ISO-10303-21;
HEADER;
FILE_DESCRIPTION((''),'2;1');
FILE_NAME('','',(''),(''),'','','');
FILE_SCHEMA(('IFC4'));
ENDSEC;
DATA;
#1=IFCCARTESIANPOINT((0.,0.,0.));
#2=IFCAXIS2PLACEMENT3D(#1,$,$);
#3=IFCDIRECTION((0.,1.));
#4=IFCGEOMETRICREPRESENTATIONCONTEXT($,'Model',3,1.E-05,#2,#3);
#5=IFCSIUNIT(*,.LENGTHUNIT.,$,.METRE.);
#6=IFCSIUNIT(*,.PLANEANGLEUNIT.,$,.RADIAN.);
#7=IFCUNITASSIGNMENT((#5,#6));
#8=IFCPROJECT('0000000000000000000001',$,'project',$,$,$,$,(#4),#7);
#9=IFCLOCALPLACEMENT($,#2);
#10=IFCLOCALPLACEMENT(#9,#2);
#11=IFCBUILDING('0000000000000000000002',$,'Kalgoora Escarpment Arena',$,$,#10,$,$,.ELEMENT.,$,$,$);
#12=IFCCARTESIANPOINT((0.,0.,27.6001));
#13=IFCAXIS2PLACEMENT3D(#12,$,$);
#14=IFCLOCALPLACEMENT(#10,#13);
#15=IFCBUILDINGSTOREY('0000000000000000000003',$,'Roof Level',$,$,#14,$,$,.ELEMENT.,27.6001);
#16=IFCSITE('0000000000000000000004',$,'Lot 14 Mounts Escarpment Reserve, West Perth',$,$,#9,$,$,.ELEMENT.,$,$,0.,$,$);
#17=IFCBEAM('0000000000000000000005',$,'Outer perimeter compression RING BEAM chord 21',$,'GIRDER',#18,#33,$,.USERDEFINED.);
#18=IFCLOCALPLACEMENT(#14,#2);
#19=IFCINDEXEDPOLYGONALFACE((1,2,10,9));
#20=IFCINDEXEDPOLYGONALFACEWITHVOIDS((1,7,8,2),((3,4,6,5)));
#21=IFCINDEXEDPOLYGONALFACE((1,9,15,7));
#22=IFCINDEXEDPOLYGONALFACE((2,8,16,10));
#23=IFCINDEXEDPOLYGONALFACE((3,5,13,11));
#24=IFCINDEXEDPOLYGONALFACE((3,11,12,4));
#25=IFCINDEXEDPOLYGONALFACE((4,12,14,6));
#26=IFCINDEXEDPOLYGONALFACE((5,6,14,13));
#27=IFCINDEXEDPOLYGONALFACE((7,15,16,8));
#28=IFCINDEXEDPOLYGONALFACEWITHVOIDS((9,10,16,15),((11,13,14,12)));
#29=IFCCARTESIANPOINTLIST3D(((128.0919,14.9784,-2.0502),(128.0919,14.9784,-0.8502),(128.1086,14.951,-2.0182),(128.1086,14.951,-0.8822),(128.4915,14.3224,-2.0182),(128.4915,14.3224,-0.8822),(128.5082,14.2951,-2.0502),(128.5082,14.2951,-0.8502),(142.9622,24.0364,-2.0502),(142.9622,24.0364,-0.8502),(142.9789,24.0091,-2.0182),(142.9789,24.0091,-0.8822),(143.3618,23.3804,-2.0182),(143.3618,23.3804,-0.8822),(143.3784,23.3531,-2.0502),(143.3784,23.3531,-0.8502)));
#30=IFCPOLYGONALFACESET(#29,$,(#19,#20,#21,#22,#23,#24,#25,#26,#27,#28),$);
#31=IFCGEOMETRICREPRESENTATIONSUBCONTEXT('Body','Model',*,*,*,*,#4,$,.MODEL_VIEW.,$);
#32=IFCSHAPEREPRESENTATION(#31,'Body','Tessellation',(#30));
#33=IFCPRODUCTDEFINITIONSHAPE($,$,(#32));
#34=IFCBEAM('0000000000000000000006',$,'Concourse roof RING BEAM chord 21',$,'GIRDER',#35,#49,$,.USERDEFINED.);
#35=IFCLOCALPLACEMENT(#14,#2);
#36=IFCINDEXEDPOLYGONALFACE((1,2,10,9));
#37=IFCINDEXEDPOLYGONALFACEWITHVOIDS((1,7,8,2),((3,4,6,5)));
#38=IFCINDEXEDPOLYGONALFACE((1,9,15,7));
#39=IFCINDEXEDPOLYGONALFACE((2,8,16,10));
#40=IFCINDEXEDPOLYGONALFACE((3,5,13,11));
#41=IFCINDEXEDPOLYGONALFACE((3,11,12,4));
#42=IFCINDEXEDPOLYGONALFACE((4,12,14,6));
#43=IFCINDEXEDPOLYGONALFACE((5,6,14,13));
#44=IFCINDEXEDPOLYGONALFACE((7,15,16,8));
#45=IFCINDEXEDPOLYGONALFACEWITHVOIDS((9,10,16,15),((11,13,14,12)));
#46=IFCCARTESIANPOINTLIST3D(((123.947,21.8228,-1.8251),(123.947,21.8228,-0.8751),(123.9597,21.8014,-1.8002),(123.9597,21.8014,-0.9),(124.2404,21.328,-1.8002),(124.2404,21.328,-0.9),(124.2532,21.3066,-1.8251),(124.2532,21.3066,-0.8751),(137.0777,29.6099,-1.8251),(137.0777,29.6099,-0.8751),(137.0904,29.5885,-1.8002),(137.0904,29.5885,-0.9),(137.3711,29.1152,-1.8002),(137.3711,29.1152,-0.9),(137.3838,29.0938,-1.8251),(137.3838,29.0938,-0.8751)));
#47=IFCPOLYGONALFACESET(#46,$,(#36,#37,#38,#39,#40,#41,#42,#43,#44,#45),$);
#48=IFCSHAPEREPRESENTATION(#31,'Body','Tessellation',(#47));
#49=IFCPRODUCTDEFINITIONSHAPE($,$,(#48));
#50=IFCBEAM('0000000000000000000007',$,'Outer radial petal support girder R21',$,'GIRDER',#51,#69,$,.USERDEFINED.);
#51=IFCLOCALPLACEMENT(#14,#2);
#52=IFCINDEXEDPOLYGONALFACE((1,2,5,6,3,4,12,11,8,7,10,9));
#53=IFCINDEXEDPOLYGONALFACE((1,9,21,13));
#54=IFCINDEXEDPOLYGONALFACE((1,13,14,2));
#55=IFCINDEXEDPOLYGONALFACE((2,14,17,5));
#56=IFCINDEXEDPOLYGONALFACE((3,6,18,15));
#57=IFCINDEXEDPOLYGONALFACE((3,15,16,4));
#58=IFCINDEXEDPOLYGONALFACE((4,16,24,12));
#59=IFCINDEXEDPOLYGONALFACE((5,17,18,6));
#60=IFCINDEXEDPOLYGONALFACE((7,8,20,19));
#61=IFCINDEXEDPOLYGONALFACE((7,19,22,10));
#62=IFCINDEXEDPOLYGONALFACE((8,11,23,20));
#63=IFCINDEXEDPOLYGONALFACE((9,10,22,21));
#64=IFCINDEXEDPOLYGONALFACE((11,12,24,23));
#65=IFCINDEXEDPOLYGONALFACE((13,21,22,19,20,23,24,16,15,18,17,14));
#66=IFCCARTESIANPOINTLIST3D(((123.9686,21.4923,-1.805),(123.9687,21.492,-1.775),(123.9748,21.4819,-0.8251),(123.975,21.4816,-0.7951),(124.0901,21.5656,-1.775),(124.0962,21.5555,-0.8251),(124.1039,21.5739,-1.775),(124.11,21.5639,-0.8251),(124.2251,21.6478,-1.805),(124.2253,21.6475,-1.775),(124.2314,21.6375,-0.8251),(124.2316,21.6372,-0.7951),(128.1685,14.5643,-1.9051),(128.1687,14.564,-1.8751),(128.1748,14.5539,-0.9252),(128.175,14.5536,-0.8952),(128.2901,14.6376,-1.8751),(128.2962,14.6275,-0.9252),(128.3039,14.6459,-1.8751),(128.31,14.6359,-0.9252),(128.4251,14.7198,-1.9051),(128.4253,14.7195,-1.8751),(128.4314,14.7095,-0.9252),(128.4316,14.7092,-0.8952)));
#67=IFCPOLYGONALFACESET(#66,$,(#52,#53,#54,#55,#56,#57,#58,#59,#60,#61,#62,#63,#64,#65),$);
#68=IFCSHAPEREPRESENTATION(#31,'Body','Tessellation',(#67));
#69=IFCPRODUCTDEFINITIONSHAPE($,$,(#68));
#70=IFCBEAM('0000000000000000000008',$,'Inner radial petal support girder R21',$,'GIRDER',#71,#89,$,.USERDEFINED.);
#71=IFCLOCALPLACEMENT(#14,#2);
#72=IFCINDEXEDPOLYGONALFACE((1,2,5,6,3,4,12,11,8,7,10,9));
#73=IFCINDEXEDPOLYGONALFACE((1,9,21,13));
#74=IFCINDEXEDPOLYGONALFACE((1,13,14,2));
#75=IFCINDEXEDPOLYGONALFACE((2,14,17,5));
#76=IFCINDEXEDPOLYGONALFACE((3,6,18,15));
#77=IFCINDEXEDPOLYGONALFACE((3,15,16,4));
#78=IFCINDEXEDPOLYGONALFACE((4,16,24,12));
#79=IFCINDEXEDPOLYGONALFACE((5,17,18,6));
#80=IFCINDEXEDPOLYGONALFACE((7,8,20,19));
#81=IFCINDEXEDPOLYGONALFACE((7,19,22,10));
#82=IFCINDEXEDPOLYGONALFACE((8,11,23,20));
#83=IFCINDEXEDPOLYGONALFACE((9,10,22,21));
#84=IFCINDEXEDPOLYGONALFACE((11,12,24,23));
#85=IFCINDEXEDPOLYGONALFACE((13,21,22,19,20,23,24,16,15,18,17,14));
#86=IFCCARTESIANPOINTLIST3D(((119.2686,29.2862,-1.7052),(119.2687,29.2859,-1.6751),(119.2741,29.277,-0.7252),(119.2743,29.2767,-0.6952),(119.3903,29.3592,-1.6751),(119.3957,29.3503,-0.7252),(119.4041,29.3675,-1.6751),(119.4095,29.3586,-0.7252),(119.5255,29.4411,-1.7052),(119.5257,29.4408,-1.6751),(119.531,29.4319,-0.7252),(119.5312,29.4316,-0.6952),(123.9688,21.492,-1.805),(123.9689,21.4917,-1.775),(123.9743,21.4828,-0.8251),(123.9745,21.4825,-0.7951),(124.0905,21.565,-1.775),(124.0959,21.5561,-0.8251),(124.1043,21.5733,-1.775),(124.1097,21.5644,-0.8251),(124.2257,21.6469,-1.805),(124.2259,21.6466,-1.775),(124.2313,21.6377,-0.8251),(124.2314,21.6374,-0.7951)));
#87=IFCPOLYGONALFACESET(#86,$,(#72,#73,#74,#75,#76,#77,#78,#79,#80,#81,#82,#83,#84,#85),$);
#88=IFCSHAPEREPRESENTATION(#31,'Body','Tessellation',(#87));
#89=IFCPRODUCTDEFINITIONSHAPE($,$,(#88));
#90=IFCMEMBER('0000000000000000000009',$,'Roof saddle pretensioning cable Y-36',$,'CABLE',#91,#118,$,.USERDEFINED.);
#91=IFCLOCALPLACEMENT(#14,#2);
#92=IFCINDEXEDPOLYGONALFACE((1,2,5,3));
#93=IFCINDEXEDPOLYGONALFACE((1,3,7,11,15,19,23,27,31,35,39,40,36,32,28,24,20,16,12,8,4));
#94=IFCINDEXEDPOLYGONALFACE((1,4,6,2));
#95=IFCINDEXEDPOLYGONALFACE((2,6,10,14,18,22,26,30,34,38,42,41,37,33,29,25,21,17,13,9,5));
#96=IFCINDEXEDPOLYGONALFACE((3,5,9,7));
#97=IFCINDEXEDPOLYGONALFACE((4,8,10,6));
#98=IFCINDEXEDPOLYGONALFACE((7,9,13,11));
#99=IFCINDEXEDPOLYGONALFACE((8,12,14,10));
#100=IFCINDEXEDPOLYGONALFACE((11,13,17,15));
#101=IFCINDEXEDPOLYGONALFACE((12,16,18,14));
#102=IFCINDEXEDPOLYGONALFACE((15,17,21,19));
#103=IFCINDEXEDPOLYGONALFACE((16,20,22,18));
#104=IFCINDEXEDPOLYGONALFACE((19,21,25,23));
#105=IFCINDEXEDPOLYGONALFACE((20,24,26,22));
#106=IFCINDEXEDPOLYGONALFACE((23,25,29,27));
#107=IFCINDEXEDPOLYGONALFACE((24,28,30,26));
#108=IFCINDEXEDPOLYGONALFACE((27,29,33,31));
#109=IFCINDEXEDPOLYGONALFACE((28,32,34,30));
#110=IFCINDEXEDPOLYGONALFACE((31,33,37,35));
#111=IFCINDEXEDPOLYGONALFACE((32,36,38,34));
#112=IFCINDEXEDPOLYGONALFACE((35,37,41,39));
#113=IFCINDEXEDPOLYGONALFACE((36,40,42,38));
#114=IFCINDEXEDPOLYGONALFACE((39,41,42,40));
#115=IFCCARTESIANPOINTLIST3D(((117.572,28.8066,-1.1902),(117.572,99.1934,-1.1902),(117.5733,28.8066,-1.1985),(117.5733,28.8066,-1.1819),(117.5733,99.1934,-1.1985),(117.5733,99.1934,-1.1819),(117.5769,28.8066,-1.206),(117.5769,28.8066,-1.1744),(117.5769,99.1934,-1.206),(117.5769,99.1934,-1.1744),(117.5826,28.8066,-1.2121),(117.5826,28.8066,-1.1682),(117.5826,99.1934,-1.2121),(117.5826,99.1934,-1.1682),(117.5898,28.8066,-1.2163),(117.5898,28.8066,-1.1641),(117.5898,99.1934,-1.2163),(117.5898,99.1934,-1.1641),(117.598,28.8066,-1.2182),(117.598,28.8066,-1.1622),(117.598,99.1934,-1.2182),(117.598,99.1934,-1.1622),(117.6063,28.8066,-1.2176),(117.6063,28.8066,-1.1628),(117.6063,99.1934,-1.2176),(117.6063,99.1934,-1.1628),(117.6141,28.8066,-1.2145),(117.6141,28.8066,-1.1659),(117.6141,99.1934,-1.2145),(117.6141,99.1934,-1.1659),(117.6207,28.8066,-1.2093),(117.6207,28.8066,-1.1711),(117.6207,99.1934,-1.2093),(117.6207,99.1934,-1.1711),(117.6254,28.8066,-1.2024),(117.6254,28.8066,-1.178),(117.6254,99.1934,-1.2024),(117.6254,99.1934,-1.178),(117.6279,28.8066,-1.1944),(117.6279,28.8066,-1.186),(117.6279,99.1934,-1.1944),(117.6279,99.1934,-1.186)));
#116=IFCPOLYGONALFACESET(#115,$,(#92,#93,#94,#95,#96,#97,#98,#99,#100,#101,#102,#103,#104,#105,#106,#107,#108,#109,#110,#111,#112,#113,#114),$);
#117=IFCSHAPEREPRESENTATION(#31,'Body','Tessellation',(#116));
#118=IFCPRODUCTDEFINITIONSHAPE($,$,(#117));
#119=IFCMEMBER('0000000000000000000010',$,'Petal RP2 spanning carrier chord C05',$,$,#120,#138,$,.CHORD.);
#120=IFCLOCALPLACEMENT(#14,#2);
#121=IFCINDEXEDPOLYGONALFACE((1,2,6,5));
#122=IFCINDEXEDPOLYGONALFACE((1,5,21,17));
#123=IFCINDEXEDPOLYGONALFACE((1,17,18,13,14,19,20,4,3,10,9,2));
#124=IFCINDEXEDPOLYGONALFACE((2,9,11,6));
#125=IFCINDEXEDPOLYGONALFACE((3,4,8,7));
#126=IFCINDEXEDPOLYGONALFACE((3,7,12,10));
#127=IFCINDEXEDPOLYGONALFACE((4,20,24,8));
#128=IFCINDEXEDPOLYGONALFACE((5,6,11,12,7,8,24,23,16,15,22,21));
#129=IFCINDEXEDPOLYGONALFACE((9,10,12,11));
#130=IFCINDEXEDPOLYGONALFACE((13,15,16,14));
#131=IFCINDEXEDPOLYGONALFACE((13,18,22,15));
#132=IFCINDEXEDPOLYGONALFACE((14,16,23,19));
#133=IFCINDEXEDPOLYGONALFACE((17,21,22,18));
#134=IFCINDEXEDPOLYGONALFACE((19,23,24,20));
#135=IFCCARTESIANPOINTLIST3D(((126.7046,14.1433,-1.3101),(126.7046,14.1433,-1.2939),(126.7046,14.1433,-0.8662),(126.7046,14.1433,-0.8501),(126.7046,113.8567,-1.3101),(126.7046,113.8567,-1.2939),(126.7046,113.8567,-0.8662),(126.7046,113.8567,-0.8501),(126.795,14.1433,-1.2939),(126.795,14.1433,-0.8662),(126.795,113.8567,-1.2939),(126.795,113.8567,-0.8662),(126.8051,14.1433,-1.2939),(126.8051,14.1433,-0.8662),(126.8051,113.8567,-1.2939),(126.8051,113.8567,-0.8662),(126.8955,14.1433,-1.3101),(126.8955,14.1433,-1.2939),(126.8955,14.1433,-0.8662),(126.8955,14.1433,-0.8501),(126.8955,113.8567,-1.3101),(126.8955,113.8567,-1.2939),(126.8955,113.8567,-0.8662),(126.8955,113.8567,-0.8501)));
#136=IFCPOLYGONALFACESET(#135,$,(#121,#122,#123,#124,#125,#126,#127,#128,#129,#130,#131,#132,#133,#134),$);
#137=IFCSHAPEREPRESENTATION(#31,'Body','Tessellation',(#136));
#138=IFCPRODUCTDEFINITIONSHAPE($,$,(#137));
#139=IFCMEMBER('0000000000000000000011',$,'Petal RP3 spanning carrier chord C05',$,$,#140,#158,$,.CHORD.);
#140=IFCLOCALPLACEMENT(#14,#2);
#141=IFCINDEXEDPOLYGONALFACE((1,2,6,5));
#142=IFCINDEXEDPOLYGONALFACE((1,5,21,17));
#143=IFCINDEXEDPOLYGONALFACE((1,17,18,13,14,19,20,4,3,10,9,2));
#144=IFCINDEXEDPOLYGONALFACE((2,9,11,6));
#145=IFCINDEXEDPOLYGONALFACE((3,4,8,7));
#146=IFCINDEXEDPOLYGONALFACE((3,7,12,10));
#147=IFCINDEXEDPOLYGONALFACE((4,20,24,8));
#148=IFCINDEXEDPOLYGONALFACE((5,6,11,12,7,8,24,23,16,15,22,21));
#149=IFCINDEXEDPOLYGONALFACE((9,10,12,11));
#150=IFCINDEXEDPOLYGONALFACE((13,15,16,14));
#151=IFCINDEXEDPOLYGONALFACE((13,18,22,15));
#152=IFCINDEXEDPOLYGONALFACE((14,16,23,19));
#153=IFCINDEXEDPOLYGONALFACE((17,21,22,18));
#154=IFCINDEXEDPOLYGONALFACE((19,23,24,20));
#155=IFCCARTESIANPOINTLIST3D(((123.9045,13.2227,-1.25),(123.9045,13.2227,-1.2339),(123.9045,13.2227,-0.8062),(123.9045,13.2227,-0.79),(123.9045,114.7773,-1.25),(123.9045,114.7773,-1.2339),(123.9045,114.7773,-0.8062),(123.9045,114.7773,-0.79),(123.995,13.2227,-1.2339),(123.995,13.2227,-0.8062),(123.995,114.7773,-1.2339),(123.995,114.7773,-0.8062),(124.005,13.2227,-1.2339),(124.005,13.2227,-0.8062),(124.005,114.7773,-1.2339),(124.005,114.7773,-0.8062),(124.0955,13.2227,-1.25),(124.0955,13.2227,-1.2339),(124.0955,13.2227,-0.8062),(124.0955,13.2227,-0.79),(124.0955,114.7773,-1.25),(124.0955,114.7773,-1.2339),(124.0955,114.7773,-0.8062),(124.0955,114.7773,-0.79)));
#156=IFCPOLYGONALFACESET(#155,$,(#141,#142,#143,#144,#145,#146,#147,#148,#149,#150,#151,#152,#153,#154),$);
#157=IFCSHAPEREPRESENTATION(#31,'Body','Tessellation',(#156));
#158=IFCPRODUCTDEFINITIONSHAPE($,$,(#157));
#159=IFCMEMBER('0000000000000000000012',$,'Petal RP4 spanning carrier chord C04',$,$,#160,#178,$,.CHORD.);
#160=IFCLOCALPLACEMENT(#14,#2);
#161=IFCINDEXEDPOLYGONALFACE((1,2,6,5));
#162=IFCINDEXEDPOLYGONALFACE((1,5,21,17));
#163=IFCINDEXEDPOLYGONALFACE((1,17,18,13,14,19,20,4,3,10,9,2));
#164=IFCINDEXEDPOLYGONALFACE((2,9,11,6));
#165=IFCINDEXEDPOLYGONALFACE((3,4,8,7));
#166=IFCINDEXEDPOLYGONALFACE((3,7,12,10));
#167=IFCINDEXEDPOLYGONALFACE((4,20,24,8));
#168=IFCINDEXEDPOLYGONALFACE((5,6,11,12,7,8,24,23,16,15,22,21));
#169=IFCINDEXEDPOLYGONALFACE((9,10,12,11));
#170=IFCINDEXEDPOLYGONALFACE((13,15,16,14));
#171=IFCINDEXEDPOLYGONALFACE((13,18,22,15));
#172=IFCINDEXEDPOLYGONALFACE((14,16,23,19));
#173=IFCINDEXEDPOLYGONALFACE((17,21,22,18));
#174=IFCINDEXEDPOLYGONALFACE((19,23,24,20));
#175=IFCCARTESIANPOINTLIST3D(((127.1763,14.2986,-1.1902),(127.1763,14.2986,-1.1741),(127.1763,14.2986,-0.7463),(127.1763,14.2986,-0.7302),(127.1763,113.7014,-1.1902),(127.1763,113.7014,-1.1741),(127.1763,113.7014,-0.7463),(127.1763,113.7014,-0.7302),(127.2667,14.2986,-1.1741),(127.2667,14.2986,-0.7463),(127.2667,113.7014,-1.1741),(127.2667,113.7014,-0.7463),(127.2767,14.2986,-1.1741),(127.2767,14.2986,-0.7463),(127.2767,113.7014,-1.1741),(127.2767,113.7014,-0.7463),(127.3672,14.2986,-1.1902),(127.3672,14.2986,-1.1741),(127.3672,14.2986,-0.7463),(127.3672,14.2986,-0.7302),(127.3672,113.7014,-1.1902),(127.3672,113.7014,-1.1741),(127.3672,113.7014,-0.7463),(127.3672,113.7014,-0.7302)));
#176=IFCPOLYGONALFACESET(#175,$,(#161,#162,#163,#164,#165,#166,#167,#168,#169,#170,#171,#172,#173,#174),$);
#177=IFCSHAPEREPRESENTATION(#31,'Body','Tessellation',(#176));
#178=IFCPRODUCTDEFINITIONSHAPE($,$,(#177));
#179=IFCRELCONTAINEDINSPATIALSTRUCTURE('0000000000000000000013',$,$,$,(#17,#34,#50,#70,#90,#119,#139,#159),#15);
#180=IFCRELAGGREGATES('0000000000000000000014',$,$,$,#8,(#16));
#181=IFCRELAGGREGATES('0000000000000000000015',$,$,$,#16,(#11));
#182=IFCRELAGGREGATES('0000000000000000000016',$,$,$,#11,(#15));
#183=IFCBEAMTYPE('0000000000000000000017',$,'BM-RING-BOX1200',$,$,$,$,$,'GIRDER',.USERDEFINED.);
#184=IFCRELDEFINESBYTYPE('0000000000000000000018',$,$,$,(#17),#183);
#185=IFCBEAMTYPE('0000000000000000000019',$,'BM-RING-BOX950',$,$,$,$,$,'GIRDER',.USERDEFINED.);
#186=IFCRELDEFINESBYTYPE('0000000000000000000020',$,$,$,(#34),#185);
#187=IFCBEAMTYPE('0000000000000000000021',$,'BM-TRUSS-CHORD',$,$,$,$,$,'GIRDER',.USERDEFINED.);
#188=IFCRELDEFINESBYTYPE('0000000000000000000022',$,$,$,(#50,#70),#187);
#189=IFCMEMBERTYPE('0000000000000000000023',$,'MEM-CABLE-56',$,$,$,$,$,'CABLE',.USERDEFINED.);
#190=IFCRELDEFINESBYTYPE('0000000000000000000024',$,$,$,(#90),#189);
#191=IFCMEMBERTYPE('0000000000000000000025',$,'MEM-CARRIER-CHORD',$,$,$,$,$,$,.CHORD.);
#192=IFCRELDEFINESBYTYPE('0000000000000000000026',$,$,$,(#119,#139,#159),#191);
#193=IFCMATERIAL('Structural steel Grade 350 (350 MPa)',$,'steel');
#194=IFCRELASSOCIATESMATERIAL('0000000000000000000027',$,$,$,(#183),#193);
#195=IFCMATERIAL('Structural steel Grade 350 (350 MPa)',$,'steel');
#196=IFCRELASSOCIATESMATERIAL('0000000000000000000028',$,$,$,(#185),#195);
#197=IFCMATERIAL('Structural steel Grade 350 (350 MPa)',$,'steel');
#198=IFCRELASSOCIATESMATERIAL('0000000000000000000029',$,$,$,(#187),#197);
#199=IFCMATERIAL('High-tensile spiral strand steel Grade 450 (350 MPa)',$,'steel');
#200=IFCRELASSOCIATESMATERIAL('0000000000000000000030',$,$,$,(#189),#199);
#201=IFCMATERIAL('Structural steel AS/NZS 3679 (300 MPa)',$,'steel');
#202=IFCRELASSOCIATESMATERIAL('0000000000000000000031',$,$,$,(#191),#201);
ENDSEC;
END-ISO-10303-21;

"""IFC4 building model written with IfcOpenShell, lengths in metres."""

from ifc_helpers import new_model, si_unit, direction, frame, origin, origin_2d, place, context, subcontext, project, spatial, hollow_rectangle, circle, i_section, extrude, material, material_profile, profile_set, type_object, element, save


model = new_model("IFC4")

# Units and contexts
model_context = context("Model", 3, precision=1e-05, world=origin(), true_north=direction((0.0, 1.0)))
body_context = subcontext(model_context, "Body", "Model", "MODEL_VIEW")
ifc_project = project(units=[si_unit("LENGTHUNIT", "METRE"), si_unit("PLANEANGLEUNIT", "RADIAN")], contexts=[model_context])

# Site, building, storey
site_placement = place(None, origin())
site = spatial("IfcSite", under=ifc_project, at=site_placement, Name="Lot 14 Mounts Escarpment Reserve, West Perth", CompositionType="ELEMENT", RefElevation=0.0)
building_placement = place(site_placement, origin())
building = spatial("IfcBuilding", under=site, at=building_placement, Name="Kalgoora Escarpment Arena", CompositionType="ELEMENT")
storey_placement = place(building_placement, frame((0.0, 0.0, 27.6001)))
storey = spatial("IfcBuildingStorey", under=building, at=storey_placement, Name="Roof Level", CompositionType="ELEMENT", Elevation=27.6001)

# Beams
ifc_material_1 = material(Name="Structural steel Grade 350 (350 MPa)", Category="steel")
ifc_material_profile_1 = material_profile(ifc_material_1, hollow_rectangle(XDim=0.8, YDim=1.2, WallThickness=0.032, at=origin_2d()))
ifc_profile_set_1 = profile_set([ifc_material_profile_1], Name="Structural steel Grade 350 (350 MPa)")
beam_type_1 = type_object("IfcBeamType", Name="BM-RING-BOX1200", ElementType="GIRDER", PredefinedType="USERDEFINED", material=ifc_profile_set_1)
beam_1_placement = place(storey_placement, frame((128.3, 14.6367, -1.4502), z_axis=(0.854031, 0.520223, 0.0), x_axis=(-0.520223, 0.854031, 0.0)))
element("IfcBeam", 1, at=beam_1_placement, inside=storey, type_object=beam_type_1, Name="Outer perimeter compression RING BEAM chord 21", ObjectType="GIRDER", PredefinedType="USERDEFINED", context=body_context, shape_type="SweptSolid", body=[
    extrude(hollow_rectangle(XDim=0.8, YDim=1.2, WallThickness=0.032, at=origin_2d()), origin(), (0.0, 0.0, 1.0), 17.4119),
])
ifc_material_2 = material(Name="Structural steel Grade 350 (350 MPa)", Category="steel")
ifc_material_profile_2 = material_profile(ifc_material_2, hollow_rectangle(XDim=0.6001, YDim=0.95, WallThickness=0.0249, at=origin_2d()))
ifc_profile_set_2 = profile_set([ifc_material_profile_2], Name="Structural steel Grade 350 (350 MPa)")
beam_type_2 = type_object("IfcBeamType", Name="BM-RING-BOX950", ElementType="GIRDER", PredefinedType="USERDEFINED", material=ifc_profile_set_2)
beam_2_placement = place(storey_placement, frame((124.1001, 21.5647, -1.3501), z_axis=(0.860119, 0.510093, 0.0), x_axis=(-0.510093, 0.860119, 0.0)))
element("IfcBeam", 2, at=beam_2_placement, inside=storey, type_object=beam_type_2, Name="Concourse roof RING BEAM chord 21", ObjectType="GIRDER", PredefinedType="USERDEFINED", context=body_context, shape_type="SweptSolid", body=[
    extrude(hollow_rectangle(XDim=0.6001, YDim=0.95, WallThickness=0.0249, at=origin_2d()), origin(), (0.0, 0.0, 1.0), 15.2661),
])
ifc_material_3 = material(Name="Structural steel Grade 350 (350 MPa)", Category="steel")
ifc_material_profile_3 = material_profile(ifc_material_3, i_section(OverallWidth=0.3, OverallDepth=1.01, WebThickness=0.0161, FlangeThickness=0.03, at=origin_2d()))
ifc_profile_set_3 = profile_set([ifc_material_profile_3], Name="Structural steel Grade 350 (350 MPa)")
beam_type_3 = type_object("IfcBeamType", Name="BM-TRUSS-CHORD", ElementType="GIRDER", PredefinedType="USERDEFINED", material=ifc_profile_set_3)
beam_3_placement = place(storey_placement, frame((128.3, 14.6367, -1.4001), z_axis=(-0.518368, 0.855068, 0.012354), x_axis=(-0.855133, -0.518408, 0.0)))
element("IfcBeam", 3, at=beam_3_placement, inside=storey, type_object=beam_type_3, Name="Outer radial petal support girder R21", ObjectType="GIRDER", PredefinedType="USERDEFINED", context=body_context, shape_type="SweptSolid", body=[
    extrude(i_section(OverallWidth=0.3, OverallDepth=1.01, WebThickness=0.0161, FlangeThickness=0.03, at=origin_2d()), origin(), (0.0, 0.0, 1.0), 8.1023),
])
beam_4_placement = place(storey_placement, frame((124.1001, 21.5647, -1.3), z_axis=(-0.516377, 0.856291, 0.01097), x_axis=(-0.856343, -0.516408, 0.0)))
element("IfcBeam", 4, at=beam_4_placement, inside=storey, type_object=beam_type_3, Name="Inner radial petal support girder R21", ObjectType="GIRDER", PredefinedType="USERDEFINED", context=body_context, shape_type="SweptSolid", body=[
    extrude(i_section(OverallWidth=0.3, OverallDepth=1.01, WebThickness=0.0161, FlangeThickness=0.03, at=origin_2d()), origin(), (0.0, 0.0, 1.0), 9.1023),
])

# Members
ifc_material_4 = material(Name="High-tensile spiral strand steel Grade 450 (350 MPa)", Category="steel")
ifc_material_profile_4 = material_profile(ifc_material_4, circle(Radius=0.0281, at=origin_2d()))
ifc_profile_set_4 = profile_set([ifc_material_profile_4], Name="High-tensile spiral strand steel Grade 450 (350 MPa)")
member_type_1 = type_object("IfcMemberType", Name="MEM-CABLE-56", ElementType="CABLE", PredefinedType="USERDEFINED", material=ifc_profile_set_4)
member_1_placement = place(storey_placement, frame((117.6001, 28.8066, -1.1902), z_axis=(0.0, 1.0, 0.0), x_axis=(-1.0, 0.0, 0.0)))
element("IfcMember", 5, at=member_1_placement, inside=storey, type_object=member_type_1, Name="Roof saddle pretensioning cable Y-36", ObjectType="CABLE", PredefinedType="USERDEFINED", context=body_context, shape_type="SweptSolid", body=[
    extrude(circle(Radius=0.0281, at=origin_2d()), origin(), (0.0, 0.0, 1.0), 70.3867),
])
ifc_material_5 = material(Name="Structural steel AS/NZS 3679 (300 MPa)", Category="steel")
ifc_material_profile_5 = material_profile(ifc_material_5, i_section(OverallWidth=0.1909, OverallDepth=0.46, WebThickness=0.01, FlangeThickness=0.0161, at=origin_2d()))
ifc_profile_set_5 = profile_set([ifc_material_profile_5], Name="Structural steel AS/NZS 3679 (300 MPa)")
member_type_2 = type_object("IfcMemberType", Name="MEM-CARRIER-CHORD", PredefinedType="CHORD", material=ifc_profile_set_5)
member_2_placement = place(storey_placement, frame((126.8, 14.1433, -1.0801), z_axis=(0.0, 1.0, 0.0), x_axis=(-1.0, 0.0, 0.0)))
element("IfcMember", 6, at=member_2_placement, inside=storey, type_object=member_type_2, Name="Petal RP2 spanning carrier chord C05", PredefinedType="CHORD", context=body_context, shape_type="SweptSolid", body=[
    extrude(i_section(OverallWidth=0.1909, OverallDepth=0.46, WebThickness=0.01, FlangeThickness=0.0161, at=origin_2d()), origin(), (0.0, 0.0, 1.0), 99.7134),
])
member_3_placement = place(storey_placement, frame((124.0, 13.2227, -1.02), z_axis=(0.0, 1.0, 0.0), x_axis=(-1.0, 0.0, 0.0)))
element("IfcMember", 7, at=member_3_placement, inside=storey, type_object=member_type_2, Name="Petal RP3 spanning carrier chord C05", PredefinedType="CHORD", context=body_context, shape_type="SweptSolid", body=[
    extrude(i_section(OverallWidth=0.1909, OverallDepth=0.46, WebThickness=0.01, FlangeThickness=0.0161, at=origin_2d()), origin(), (0.0, 0.0, 1.0), 101.5547),
])
member_4_placement = place(storey_placement, frame((127.2717, 14.2986, -0.9602), z_axis=(0.0, 1.0, 0.0), x_axis=(-1.0, 0.0, 0.0)))
element("IfcMember", 8, at=member_4_placement, inside=storey, type_object=member_type_2, Name="Petal RP4 spanning carrier chord C04", PredefinedType="CHORD", context=body_context, shape_type="SweptSolid", body=[
    extrude(i_section(OverallWidth=0.1909, OverallDepth=0.46, WebThickness=0.01, FlangeThickness=0.0161, at=origin_2d()), origin(), (0.0, 0.0, 1.0), 99.4028),
])

save(model, "model.ifc")
